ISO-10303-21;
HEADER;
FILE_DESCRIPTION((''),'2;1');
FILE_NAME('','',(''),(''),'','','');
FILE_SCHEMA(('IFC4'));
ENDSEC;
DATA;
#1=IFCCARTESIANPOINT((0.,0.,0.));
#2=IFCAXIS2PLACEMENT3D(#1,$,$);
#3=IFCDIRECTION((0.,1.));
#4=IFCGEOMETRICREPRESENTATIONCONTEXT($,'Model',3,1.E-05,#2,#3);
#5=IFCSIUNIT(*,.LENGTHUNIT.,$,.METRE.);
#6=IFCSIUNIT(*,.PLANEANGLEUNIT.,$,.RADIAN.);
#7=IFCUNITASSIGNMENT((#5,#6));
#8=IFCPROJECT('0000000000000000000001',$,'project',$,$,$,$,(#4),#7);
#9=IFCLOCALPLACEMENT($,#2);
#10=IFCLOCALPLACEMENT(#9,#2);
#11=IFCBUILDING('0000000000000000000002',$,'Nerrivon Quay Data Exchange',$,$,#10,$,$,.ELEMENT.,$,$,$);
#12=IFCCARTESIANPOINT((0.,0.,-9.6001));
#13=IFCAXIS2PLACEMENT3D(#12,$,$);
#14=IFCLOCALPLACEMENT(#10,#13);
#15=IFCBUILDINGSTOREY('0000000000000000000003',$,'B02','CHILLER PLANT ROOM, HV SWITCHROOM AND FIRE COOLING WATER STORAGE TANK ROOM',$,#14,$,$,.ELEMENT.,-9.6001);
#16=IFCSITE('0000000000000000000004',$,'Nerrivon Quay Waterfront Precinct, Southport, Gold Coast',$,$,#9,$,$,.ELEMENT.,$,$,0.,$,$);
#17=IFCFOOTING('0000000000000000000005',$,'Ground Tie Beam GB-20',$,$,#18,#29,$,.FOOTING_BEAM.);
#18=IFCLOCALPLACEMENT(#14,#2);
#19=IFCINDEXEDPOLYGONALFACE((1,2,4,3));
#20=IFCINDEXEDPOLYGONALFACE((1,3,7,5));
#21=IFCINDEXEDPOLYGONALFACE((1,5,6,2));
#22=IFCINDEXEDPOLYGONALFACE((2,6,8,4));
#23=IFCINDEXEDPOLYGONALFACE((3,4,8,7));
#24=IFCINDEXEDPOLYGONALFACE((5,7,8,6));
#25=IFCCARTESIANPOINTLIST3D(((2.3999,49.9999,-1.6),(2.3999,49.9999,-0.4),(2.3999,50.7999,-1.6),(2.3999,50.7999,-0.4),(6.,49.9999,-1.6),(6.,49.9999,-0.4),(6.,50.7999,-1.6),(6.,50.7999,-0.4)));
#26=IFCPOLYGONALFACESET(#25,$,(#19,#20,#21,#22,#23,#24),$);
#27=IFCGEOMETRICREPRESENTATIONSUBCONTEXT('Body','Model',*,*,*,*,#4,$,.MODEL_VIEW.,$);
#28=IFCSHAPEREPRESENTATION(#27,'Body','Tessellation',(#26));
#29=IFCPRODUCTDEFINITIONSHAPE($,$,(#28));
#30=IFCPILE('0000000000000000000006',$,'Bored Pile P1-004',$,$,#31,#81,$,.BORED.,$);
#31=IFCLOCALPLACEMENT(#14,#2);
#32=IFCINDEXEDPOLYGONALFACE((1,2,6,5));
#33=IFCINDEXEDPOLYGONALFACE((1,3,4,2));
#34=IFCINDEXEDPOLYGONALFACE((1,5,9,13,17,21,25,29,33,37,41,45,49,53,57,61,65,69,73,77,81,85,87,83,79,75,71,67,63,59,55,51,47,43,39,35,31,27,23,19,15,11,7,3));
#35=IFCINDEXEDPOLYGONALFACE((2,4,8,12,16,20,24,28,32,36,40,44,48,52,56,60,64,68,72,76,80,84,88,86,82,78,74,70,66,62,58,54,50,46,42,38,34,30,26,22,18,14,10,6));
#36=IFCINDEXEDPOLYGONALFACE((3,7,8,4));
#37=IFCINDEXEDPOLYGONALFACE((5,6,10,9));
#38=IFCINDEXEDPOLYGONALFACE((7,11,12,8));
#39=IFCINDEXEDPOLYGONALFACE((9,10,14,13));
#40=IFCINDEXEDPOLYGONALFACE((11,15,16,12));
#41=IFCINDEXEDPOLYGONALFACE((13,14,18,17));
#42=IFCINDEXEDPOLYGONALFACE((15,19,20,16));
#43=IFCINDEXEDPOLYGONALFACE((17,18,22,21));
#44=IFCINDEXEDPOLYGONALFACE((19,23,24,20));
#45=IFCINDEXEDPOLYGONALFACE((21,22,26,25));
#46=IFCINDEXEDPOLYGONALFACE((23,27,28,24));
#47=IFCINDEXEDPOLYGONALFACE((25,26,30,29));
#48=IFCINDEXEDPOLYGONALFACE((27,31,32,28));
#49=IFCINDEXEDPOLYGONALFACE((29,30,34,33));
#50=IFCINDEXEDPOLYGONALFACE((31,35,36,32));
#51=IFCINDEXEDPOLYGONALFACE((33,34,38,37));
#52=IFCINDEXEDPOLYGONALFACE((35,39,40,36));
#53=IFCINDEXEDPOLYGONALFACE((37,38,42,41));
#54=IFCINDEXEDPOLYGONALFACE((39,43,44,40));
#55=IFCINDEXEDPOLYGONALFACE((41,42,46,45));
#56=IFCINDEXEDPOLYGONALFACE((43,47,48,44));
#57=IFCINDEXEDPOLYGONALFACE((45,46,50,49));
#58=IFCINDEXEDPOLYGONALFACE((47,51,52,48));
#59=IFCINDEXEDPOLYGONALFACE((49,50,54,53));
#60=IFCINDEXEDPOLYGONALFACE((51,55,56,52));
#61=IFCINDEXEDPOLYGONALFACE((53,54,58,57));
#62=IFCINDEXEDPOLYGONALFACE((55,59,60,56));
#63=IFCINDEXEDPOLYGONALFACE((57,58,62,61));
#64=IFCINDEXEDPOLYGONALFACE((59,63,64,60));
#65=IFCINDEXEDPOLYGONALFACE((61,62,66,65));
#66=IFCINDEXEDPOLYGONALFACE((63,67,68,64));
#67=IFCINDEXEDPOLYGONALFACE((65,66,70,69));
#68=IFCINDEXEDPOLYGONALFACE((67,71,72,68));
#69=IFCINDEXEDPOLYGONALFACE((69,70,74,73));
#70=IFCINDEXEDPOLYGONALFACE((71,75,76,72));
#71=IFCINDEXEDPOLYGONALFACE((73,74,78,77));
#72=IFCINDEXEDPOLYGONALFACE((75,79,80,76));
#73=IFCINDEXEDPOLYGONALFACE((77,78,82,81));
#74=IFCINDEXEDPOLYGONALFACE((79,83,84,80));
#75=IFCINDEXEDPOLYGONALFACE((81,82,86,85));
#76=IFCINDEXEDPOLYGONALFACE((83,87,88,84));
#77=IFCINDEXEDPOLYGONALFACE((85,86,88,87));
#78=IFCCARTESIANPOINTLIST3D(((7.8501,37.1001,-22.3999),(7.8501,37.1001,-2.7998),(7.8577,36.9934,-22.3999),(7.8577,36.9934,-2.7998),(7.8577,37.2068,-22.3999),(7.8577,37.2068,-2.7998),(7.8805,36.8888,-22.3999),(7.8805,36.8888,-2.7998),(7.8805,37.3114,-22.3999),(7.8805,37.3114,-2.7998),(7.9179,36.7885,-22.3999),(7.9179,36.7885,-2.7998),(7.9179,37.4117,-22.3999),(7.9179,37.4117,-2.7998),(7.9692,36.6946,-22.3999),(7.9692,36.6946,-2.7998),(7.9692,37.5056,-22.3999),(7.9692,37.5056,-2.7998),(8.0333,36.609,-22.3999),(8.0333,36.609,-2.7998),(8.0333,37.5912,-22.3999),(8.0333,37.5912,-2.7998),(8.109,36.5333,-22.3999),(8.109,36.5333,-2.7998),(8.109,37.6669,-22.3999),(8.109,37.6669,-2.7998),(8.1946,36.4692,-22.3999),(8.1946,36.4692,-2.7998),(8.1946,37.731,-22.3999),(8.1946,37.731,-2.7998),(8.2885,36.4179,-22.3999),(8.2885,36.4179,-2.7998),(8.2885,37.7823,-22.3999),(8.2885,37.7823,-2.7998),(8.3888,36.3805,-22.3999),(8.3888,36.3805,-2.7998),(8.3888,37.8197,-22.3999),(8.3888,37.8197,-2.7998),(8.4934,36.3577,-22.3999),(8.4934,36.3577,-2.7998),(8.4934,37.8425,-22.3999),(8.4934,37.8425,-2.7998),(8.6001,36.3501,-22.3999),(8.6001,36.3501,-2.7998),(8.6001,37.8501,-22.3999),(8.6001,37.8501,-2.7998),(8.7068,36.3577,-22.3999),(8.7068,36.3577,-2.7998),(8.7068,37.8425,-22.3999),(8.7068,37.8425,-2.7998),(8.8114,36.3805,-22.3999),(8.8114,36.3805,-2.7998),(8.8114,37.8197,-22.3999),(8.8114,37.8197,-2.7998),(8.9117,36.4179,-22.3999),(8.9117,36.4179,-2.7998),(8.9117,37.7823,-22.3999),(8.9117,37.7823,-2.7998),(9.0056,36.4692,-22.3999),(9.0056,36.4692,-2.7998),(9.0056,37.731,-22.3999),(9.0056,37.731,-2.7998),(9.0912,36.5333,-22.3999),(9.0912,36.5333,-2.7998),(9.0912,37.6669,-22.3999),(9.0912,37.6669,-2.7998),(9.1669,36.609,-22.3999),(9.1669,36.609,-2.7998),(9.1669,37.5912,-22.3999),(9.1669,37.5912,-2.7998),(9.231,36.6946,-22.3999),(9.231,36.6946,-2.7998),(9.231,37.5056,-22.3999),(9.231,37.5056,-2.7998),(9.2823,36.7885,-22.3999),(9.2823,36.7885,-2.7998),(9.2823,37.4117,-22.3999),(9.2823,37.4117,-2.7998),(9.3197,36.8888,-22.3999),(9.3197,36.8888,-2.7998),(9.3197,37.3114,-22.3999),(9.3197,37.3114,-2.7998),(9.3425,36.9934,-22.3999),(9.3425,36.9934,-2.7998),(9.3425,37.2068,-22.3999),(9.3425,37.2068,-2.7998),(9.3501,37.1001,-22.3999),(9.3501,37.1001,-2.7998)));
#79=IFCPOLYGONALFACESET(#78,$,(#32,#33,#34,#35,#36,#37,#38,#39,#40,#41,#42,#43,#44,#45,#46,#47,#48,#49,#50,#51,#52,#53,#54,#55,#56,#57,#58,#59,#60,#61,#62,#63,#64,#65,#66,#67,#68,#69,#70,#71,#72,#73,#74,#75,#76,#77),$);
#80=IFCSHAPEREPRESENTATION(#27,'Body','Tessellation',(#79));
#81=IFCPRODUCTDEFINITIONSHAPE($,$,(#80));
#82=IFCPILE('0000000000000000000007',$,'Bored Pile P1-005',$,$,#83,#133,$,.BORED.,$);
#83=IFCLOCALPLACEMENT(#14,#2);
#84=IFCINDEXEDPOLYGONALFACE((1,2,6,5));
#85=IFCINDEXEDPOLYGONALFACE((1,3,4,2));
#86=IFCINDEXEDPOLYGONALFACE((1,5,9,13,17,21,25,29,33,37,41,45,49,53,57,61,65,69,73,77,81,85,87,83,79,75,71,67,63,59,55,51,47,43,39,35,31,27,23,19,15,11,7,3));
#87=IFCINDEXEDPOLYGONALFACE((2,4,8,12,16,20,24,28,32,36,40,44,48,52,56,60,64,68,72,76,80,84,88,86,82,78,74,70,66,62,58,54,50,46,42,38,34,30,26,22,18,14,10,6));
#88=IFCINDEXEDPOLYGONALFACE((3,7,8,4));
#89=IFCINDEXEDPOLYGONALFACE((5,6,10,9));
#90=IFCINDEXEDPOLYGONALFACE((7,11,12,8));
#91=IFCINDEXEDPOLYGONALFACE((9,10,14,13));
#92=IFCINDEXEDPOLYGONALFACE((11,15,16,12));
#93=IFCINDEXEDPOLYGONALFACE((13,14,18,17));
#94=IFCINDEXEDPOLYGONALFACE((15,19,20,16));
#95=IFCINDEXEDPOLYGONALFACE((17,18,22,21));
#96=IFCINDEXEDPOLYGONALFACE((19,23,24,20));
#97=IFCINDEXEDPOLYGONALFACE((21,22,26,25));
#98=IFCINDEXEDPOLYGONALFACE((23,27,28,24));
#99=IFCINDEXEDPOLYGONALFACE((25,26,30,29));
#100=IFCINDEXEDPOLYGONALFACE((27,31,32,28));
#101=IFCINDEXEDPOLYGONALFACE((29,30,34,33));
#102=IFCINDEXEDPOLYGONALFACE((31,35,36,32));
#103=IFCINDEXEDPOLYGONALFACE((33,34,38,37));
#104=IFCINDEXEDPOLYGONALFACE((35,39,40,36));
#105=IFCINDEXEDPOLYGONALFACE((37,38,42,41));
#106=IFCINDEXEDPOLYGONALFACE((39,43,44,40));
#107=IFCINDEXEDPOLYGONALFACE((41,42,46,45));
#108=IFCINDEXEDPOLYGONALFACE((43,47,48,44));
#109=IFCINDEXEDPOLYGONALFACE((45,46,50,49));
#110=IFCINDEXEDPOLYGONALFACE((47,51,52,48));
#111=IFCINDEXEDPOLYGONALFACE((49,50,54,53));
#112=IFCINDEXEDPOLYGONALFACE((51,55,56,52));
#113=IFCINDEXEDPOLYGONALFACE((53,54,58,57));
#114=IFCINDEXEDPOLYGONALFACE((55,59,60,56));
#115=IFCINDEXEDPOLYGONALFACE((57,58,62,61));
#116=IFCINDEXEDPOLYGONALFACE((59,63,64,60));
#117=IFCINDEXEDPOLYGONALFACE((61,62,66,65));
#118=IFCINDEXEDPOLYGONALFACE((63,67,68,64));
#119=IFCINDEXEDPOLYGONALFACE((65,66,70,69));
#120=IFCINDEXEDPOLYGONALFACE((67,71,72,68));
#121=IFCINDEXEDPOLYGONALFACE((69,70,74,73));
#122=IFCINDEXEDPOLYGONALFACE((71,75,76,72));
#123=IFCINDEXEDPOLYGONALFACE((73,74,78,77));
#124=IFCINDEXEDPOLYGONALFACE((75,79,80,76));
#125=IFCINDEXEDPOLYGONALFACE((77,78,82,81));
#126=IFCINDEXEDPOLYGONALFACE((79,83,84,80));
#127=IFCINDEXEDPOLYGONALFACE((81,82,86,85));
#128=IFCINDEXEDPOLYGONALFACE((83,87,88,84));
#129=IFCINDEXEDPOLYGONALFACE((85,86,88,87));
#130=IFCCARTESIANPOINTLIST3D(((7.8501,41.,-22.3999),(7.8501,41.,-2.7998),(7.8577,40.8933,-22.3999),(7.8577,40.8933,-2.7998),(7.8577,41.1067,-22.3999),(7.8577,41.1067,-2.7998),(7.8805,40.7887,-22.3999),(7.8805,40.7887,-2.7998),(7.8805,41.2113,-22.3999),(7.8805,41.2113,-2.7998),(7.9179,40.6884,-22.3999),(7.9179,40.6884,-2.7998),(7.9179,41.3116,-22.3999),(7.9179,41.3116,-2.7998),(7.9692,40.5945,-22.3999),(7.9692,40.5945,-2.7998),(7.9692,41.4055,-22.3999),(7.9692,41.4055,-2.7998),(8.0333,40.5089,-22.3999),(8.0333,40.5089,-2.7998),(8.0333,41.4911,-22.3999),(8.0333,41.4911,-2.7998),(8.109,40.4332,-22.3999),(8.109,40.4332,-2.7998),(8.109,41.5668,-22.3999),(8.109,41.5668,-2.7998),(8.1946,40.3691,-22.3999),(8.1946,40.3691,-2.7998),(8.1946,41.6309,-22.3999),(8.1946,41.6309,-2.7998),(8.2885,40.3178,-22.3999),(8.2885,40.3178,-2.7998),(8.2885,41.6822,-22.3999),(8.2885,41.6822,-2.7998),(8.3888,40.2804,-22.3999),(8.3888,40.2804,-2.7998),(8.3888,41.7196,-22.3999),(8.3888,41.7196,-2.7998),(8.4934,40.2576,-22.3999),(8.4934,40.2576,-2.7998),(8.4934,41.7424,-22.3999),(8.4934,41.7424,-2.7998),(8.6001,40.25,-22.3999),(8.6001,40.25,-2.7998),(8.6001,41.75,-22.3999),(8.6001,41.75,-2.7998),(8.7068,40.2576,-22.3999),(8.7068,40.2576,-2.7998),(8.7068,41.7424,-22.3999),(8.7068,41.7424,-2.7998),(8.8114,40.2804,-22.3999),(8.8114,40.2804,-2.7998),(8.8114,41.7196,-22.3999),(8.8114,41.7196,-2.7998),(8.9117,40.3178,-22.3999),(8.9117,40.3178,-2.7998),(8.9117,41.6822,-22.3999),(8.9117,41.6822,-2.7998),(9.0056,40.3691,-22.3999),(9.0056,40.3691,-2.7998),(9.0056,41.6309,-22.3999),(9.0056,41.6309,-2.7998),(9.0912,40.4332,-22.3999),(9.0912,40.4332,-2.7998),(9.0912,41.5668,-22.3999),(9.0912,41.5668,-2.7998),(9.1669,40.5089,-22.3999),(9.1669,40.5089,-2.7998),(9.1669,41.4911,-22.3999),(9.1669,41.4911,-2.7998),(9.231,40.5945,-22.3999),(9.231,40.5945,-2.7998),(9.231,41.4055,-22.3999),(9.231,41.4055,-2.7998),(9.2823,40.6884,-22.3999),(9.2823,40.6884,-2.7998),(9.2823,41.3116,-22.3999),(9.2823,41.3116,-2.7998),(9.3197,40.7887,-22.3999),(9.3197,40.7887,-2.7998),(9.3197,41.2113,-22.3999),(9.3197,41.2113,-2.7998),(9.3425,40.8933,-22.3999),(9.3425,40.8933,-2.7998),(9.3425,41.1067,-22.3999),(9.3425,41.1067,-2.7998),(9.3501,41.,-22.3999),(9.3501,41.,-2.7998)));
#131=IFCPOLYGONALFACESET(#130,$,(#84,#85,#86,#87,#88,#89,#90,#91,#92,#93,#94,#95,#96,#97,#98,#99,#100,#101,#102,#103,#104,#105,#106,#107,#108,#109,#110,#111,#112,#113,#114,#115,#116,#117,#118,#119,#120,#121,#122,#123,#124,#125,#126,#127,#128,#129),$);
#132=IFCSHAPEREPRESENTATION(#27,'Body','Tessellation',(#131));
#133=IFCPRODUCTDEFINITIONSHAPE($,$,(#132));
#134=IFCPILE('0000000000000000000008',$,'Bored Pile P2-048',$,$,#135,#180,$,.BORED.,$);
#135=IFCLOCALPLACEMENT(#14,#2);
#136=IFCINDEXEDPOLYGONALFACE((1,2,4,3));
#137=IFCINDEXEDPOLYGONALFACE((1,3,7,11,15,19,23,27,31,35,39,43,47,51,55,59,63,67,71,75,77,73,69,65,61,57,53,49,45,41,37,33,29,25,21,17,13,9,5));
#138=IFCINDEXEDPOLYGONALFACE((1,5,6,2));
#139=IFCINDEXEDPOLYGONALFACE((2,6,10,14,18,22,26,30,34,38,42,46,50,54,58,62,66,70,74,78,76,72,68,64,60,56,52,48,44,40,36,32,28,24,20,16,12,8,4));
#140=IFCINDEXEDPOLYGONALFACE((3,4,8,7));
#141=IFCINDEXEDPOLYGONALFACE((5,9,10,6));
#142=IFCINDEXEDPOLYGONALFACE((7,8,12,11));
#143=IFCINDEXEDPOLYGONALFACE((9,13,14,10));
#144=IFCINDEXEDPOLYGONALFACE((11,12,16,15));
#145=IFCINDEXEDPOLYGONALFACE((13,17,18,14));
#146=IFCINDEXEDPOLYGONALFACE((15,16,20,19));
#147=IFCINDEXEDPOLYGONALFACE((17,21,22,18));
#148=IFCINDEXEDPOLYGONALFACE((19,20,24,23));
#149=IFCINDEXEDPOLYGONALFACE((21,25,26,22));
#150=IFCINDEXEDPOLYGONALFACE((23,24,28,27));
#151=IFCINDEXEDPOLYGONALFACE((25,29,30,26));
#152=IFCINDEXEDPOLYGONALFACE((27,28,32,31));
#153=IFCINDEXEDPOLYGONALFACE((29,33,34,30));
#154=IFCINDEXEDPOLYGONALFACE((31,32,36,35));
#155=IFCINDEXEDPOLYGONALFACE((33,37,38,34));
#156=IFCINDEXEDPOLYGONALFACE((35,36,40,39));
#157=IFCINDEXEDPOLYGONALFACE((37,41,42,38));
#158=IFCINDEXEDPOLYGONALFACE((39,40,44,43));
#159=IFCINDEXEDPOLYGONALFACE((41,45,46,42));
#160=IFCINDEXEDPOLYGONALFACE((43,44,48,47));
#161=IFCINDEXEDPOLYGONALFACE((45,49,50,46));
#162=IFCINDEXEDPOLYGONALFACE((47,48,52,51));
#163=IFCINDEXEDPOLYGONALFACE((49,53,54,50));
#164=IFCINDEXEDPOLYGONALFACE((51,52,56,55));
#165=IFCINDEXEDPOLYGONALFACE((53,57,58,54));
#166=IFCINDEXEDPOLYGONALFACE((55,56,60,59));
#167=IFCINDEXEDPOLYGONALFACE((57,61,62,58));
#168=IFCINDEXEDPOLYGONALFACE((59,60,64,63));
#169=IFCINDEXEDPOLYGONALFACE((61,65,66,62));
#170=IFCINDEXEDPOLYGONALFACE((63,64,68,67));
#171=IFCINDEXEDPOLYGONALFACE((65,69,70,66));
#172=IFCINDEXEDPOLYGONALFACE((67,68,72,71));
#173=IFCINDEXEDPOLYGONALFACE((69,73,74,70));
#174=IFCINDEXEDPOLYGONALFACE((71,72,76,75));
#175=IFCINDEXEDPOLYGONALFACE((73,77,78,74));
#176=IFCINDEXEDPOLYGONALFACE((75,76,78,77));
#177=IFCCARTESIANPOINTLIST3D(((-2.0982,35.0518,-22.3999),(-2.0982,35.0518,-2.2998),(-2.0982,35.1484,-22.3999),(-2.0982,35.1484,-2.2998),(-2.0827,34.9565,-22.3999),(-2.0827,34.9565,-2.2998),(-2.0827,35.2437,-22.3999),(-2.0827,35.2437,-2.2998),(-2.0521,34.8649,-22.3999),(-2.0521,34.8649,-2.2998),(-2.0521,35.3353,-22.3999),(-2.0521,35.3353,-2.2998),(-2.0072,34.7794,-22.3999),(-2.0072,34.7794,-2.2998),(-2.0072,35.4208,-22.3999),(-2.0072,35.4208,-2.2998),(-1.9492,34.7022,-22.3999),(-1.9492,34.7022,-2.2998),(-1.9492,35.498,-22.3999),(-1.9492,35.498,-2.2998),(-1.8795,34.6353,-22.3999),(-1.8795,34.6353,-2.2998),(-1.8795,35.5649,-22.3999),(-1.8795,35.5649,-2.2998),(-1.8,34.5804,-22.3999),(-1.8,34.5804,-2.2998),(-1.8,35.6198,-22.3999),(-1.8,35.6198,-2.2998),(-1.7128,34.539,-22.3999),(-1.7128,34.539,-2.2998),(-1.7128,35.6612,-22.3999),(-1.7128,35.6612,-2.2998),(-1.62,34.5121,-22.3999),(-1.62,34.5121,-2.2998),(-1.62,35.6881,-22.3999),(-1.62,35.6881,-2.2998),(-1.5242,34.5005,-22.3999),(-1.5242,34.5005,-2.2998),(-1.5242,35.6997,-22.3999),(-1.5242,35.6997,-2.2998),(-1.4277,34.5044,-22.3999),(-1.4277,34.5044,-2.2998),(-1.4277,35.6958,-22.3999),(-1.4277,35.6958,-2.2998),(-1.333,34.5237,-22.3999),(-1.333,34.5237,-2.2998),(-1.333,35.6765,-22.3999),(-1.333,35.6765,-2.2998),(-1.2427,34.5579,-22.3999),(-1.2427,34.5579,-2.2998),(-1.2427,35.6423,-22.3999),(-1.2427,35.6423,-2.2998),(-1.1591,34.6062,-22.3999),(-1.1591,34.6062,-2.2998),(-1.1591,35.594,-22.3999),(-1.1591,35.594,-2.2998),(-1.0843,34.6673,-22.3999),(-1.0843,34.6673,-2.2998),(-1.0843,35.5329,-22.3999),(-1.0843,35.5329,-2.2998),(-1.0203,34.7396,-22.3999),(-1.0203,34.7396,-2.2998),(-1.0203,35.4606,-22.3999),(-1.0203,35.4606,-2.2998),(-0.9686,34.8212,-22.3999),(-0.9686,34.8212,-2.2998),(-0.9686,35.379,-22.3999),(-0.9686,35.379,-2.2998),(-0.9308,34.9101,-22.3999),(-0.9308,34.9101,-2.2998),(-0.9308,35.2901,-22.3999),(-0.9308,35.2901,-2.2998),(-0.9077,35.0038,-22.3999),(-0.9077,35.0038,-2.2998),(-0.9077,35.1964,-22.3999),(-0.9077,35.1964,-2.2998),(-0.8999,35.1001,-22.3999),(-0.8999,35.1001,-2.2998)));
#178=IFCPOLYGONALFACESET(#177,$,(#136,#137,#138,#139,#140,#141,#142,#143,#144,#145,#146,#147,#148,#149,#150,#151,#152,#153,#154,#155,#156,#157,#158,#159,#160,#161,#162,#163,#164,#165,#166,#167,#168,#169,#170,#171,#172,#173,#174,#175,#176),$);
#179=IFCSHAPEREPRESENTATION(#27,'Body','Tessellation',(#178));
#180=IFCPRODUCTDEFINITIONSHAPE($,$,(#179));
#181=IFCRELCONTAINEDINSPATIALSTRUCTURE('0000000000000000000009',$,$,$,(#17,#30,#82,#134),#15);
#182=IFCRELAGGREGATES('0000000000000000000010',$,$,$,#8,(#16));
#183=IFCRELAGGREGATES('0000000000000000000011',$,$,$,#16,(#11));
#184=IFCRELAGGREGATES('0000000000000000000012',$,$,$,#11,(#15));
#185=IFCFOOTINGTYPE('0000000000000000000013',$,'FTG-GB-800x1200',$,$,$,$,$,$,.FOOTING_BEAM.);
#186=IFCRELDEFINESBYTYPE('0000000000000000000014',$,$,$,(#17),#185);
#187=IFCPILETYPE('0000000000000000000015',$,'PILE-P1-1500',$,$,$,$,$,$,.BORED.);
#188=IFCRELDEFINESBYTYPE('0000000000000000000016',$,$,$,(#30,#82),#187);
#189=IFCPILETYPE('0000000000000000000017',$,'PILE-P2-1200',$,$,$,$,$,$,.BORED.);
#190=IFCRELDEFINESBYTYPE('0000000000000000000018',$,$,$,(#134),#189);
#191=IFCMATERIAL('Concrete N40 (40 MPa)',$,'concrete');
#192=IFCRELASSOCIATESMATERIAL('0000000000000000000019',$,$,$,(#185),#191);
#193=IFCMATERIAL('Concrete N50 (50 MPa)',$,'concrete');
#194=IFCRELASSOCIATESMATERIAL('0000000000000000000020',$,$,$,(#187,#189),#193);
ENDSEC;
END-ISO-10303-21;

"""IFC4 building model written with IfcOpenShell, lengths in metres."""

from ifc_helpers import new_model, si_unit, direction, frame, origin, origin_2d, place, context, subcontext, project, spatial, rectangle, circle, extrude, material, material_profile, profile_set, type_object, element, save


model = new_model("IFC4")

# Units and contexts
model_context = context("Model", 3, precision=1e-05, world=origin(), true_north=direction((0.0, 1.0)))
body_context = subcontext(model_context, "Body", "Model", "MODEL_VIEW")
ifc_project = project(units=[si_unit("LENGTHUNIT", "METRE"), si_unit("PLANEANGLEUNIT", "RADIAN")], contexts=[model_context])

# Site, building, storey
site_placement = place(None, origin())
site = spatial("IfcSite", under=ifc_project, at=site_placement, Name="Nerrivon Quay Waterfront Precinct, Southport, Gold Coast", CompositionType="ELEMENT", RefElevation=0.0)
building_placement = place(site_placement, origin())
building = spatial("IfcBuilding", under=site, at=building_placement, Name="Nerrivon Quay Data Exchange", CompositionType="ELEMENT")
storey_placement = place(building_placement, frame((0.0, 0.0, -9.6001)))
storey = spatial("IfcBuildingStorey", under=building, at=storey_placement, Name="B02", Description="CHILLER PLANT ROOM, HV SWITCHROOM AND FIRE COOLING WATER STORAGE TANK ROOM", CompositionType="ELEMENT", Elevation=-9.6001)

# Footing
ifc_material_1 = material(Name="Concrete N40 (40 MPa)", Category="concrete")
ifc_material_profile_1 = material_profile(ifc_material_1, rectangle(XDim=0.8, YDim=1.2, at=origin_2d()), Name="RC-GB-800x1200")
ifc_profile_set_1 = profile_set([ifc_material_profile_1], Name="Concrete N40 (40 MPa)")
footing_type = type_object("IfcFootingType", Name="FTG-GB-800x1200", PredefinedType="FOOTING_BEAM", material=ifc_profile_set_1)
footing_placement = place(storey_placement, frame((2.3999, 50.3999, -1.0), z_axis=(1.0, 0.0, 0.0), x_axis=(0.0, 1.0, 0.0)))
element("IfcFooting", 1, at=footing_placement, inside=storey, type_object=footing_type, Name="Ground Tie Beam GB-20", PredefinedType="FOOTING_BEAM", context=body_context, shape_type="SweptSolid", body=[
    extrude(rectangle(XDim=0.8, YDim=1.2, at=origin_2d()), origin(), (0.0, 0.0, 1.0), 3.6001),
])

# Piles
ifc_material_2 = material(Name="Concrete N50 (50 MPa)", Category="concrete")
ifc_material_profile_2 = material_profile(ifc_material_2, circle(Radius=0.75, at=origin_2d()), Name="PILE-1500")
ifc_profile_set_2 = profile_set([ifc_material_profile_2], Name="Concrete N50 (50 MPa)")
pile_type_1 = type_object("IfcPileType", Name="PILE-P1-1500", PredefinedType="BORED", material=ifc_profile_set_2)
for number, where, z_axis, x_axis, name in (
    (2, (8.6001, 37.1001, -2.7998), (0.0, 0.0, -1.0), (1.0, 0.0, 0.0), "Bored Pile P1-004"),
    (3, (8.6001, 41.0, -2.7998), (0.0, 0.0, -1.0), (1.0, 0.0, 0.0), "Bored Pile P1-005"),
):
    element("IfcPile", number, at=place(storey_placement, frame(where, z_axis=z_axis, x_axis=x_axis)), inside=storey, type_object=pile_type_1, Name=name, PredefinedType="BORED", context=body_context, shape_type="SweptSolid", body=[
        extrude(circle(Radius=0.75, at=origin_2d()), origin(), (0.0, 0.0, 1.0), 19.6001),
    ])
ifc_material_profile_3 = material_profile(ifc_material_2, circle(Radius=0.6001, at=origin_2d()), Name="PILE-1200")
ifc_profile_set_3 = profile_set([ifc_material_profile_3], Name="Concrete N50 (50 MPa)")
pile_type_2 = type_object("IfcPileType", Name="PILE-P2-1200", PredefinedType="BORED", material=ifc_profile_set_3)
for number, where, z_axis, x_axis, name in (
    (4, (-1.5, 35.1001, -2.2998), (0.0, 0.0, -1.0), (1.0, 0.0, 0.0), "Bored Pile P2-048"),
):
    element("IfcPile", number, at=place(storey_placement, frame(where, z_axis=z_axis, x_axis=x_axis)), inside=storey, type_object=pile_type_2, Name=name, PredefinedType="BORED", context=body_context, shape_type="SweptSolid", body=[
        extrude(circle(Radius=0.6001, at=origin_2d()), origin(), (0.0, 0.0, 1.0), 20.1001),
    ])

save(model, "model.ifc")
